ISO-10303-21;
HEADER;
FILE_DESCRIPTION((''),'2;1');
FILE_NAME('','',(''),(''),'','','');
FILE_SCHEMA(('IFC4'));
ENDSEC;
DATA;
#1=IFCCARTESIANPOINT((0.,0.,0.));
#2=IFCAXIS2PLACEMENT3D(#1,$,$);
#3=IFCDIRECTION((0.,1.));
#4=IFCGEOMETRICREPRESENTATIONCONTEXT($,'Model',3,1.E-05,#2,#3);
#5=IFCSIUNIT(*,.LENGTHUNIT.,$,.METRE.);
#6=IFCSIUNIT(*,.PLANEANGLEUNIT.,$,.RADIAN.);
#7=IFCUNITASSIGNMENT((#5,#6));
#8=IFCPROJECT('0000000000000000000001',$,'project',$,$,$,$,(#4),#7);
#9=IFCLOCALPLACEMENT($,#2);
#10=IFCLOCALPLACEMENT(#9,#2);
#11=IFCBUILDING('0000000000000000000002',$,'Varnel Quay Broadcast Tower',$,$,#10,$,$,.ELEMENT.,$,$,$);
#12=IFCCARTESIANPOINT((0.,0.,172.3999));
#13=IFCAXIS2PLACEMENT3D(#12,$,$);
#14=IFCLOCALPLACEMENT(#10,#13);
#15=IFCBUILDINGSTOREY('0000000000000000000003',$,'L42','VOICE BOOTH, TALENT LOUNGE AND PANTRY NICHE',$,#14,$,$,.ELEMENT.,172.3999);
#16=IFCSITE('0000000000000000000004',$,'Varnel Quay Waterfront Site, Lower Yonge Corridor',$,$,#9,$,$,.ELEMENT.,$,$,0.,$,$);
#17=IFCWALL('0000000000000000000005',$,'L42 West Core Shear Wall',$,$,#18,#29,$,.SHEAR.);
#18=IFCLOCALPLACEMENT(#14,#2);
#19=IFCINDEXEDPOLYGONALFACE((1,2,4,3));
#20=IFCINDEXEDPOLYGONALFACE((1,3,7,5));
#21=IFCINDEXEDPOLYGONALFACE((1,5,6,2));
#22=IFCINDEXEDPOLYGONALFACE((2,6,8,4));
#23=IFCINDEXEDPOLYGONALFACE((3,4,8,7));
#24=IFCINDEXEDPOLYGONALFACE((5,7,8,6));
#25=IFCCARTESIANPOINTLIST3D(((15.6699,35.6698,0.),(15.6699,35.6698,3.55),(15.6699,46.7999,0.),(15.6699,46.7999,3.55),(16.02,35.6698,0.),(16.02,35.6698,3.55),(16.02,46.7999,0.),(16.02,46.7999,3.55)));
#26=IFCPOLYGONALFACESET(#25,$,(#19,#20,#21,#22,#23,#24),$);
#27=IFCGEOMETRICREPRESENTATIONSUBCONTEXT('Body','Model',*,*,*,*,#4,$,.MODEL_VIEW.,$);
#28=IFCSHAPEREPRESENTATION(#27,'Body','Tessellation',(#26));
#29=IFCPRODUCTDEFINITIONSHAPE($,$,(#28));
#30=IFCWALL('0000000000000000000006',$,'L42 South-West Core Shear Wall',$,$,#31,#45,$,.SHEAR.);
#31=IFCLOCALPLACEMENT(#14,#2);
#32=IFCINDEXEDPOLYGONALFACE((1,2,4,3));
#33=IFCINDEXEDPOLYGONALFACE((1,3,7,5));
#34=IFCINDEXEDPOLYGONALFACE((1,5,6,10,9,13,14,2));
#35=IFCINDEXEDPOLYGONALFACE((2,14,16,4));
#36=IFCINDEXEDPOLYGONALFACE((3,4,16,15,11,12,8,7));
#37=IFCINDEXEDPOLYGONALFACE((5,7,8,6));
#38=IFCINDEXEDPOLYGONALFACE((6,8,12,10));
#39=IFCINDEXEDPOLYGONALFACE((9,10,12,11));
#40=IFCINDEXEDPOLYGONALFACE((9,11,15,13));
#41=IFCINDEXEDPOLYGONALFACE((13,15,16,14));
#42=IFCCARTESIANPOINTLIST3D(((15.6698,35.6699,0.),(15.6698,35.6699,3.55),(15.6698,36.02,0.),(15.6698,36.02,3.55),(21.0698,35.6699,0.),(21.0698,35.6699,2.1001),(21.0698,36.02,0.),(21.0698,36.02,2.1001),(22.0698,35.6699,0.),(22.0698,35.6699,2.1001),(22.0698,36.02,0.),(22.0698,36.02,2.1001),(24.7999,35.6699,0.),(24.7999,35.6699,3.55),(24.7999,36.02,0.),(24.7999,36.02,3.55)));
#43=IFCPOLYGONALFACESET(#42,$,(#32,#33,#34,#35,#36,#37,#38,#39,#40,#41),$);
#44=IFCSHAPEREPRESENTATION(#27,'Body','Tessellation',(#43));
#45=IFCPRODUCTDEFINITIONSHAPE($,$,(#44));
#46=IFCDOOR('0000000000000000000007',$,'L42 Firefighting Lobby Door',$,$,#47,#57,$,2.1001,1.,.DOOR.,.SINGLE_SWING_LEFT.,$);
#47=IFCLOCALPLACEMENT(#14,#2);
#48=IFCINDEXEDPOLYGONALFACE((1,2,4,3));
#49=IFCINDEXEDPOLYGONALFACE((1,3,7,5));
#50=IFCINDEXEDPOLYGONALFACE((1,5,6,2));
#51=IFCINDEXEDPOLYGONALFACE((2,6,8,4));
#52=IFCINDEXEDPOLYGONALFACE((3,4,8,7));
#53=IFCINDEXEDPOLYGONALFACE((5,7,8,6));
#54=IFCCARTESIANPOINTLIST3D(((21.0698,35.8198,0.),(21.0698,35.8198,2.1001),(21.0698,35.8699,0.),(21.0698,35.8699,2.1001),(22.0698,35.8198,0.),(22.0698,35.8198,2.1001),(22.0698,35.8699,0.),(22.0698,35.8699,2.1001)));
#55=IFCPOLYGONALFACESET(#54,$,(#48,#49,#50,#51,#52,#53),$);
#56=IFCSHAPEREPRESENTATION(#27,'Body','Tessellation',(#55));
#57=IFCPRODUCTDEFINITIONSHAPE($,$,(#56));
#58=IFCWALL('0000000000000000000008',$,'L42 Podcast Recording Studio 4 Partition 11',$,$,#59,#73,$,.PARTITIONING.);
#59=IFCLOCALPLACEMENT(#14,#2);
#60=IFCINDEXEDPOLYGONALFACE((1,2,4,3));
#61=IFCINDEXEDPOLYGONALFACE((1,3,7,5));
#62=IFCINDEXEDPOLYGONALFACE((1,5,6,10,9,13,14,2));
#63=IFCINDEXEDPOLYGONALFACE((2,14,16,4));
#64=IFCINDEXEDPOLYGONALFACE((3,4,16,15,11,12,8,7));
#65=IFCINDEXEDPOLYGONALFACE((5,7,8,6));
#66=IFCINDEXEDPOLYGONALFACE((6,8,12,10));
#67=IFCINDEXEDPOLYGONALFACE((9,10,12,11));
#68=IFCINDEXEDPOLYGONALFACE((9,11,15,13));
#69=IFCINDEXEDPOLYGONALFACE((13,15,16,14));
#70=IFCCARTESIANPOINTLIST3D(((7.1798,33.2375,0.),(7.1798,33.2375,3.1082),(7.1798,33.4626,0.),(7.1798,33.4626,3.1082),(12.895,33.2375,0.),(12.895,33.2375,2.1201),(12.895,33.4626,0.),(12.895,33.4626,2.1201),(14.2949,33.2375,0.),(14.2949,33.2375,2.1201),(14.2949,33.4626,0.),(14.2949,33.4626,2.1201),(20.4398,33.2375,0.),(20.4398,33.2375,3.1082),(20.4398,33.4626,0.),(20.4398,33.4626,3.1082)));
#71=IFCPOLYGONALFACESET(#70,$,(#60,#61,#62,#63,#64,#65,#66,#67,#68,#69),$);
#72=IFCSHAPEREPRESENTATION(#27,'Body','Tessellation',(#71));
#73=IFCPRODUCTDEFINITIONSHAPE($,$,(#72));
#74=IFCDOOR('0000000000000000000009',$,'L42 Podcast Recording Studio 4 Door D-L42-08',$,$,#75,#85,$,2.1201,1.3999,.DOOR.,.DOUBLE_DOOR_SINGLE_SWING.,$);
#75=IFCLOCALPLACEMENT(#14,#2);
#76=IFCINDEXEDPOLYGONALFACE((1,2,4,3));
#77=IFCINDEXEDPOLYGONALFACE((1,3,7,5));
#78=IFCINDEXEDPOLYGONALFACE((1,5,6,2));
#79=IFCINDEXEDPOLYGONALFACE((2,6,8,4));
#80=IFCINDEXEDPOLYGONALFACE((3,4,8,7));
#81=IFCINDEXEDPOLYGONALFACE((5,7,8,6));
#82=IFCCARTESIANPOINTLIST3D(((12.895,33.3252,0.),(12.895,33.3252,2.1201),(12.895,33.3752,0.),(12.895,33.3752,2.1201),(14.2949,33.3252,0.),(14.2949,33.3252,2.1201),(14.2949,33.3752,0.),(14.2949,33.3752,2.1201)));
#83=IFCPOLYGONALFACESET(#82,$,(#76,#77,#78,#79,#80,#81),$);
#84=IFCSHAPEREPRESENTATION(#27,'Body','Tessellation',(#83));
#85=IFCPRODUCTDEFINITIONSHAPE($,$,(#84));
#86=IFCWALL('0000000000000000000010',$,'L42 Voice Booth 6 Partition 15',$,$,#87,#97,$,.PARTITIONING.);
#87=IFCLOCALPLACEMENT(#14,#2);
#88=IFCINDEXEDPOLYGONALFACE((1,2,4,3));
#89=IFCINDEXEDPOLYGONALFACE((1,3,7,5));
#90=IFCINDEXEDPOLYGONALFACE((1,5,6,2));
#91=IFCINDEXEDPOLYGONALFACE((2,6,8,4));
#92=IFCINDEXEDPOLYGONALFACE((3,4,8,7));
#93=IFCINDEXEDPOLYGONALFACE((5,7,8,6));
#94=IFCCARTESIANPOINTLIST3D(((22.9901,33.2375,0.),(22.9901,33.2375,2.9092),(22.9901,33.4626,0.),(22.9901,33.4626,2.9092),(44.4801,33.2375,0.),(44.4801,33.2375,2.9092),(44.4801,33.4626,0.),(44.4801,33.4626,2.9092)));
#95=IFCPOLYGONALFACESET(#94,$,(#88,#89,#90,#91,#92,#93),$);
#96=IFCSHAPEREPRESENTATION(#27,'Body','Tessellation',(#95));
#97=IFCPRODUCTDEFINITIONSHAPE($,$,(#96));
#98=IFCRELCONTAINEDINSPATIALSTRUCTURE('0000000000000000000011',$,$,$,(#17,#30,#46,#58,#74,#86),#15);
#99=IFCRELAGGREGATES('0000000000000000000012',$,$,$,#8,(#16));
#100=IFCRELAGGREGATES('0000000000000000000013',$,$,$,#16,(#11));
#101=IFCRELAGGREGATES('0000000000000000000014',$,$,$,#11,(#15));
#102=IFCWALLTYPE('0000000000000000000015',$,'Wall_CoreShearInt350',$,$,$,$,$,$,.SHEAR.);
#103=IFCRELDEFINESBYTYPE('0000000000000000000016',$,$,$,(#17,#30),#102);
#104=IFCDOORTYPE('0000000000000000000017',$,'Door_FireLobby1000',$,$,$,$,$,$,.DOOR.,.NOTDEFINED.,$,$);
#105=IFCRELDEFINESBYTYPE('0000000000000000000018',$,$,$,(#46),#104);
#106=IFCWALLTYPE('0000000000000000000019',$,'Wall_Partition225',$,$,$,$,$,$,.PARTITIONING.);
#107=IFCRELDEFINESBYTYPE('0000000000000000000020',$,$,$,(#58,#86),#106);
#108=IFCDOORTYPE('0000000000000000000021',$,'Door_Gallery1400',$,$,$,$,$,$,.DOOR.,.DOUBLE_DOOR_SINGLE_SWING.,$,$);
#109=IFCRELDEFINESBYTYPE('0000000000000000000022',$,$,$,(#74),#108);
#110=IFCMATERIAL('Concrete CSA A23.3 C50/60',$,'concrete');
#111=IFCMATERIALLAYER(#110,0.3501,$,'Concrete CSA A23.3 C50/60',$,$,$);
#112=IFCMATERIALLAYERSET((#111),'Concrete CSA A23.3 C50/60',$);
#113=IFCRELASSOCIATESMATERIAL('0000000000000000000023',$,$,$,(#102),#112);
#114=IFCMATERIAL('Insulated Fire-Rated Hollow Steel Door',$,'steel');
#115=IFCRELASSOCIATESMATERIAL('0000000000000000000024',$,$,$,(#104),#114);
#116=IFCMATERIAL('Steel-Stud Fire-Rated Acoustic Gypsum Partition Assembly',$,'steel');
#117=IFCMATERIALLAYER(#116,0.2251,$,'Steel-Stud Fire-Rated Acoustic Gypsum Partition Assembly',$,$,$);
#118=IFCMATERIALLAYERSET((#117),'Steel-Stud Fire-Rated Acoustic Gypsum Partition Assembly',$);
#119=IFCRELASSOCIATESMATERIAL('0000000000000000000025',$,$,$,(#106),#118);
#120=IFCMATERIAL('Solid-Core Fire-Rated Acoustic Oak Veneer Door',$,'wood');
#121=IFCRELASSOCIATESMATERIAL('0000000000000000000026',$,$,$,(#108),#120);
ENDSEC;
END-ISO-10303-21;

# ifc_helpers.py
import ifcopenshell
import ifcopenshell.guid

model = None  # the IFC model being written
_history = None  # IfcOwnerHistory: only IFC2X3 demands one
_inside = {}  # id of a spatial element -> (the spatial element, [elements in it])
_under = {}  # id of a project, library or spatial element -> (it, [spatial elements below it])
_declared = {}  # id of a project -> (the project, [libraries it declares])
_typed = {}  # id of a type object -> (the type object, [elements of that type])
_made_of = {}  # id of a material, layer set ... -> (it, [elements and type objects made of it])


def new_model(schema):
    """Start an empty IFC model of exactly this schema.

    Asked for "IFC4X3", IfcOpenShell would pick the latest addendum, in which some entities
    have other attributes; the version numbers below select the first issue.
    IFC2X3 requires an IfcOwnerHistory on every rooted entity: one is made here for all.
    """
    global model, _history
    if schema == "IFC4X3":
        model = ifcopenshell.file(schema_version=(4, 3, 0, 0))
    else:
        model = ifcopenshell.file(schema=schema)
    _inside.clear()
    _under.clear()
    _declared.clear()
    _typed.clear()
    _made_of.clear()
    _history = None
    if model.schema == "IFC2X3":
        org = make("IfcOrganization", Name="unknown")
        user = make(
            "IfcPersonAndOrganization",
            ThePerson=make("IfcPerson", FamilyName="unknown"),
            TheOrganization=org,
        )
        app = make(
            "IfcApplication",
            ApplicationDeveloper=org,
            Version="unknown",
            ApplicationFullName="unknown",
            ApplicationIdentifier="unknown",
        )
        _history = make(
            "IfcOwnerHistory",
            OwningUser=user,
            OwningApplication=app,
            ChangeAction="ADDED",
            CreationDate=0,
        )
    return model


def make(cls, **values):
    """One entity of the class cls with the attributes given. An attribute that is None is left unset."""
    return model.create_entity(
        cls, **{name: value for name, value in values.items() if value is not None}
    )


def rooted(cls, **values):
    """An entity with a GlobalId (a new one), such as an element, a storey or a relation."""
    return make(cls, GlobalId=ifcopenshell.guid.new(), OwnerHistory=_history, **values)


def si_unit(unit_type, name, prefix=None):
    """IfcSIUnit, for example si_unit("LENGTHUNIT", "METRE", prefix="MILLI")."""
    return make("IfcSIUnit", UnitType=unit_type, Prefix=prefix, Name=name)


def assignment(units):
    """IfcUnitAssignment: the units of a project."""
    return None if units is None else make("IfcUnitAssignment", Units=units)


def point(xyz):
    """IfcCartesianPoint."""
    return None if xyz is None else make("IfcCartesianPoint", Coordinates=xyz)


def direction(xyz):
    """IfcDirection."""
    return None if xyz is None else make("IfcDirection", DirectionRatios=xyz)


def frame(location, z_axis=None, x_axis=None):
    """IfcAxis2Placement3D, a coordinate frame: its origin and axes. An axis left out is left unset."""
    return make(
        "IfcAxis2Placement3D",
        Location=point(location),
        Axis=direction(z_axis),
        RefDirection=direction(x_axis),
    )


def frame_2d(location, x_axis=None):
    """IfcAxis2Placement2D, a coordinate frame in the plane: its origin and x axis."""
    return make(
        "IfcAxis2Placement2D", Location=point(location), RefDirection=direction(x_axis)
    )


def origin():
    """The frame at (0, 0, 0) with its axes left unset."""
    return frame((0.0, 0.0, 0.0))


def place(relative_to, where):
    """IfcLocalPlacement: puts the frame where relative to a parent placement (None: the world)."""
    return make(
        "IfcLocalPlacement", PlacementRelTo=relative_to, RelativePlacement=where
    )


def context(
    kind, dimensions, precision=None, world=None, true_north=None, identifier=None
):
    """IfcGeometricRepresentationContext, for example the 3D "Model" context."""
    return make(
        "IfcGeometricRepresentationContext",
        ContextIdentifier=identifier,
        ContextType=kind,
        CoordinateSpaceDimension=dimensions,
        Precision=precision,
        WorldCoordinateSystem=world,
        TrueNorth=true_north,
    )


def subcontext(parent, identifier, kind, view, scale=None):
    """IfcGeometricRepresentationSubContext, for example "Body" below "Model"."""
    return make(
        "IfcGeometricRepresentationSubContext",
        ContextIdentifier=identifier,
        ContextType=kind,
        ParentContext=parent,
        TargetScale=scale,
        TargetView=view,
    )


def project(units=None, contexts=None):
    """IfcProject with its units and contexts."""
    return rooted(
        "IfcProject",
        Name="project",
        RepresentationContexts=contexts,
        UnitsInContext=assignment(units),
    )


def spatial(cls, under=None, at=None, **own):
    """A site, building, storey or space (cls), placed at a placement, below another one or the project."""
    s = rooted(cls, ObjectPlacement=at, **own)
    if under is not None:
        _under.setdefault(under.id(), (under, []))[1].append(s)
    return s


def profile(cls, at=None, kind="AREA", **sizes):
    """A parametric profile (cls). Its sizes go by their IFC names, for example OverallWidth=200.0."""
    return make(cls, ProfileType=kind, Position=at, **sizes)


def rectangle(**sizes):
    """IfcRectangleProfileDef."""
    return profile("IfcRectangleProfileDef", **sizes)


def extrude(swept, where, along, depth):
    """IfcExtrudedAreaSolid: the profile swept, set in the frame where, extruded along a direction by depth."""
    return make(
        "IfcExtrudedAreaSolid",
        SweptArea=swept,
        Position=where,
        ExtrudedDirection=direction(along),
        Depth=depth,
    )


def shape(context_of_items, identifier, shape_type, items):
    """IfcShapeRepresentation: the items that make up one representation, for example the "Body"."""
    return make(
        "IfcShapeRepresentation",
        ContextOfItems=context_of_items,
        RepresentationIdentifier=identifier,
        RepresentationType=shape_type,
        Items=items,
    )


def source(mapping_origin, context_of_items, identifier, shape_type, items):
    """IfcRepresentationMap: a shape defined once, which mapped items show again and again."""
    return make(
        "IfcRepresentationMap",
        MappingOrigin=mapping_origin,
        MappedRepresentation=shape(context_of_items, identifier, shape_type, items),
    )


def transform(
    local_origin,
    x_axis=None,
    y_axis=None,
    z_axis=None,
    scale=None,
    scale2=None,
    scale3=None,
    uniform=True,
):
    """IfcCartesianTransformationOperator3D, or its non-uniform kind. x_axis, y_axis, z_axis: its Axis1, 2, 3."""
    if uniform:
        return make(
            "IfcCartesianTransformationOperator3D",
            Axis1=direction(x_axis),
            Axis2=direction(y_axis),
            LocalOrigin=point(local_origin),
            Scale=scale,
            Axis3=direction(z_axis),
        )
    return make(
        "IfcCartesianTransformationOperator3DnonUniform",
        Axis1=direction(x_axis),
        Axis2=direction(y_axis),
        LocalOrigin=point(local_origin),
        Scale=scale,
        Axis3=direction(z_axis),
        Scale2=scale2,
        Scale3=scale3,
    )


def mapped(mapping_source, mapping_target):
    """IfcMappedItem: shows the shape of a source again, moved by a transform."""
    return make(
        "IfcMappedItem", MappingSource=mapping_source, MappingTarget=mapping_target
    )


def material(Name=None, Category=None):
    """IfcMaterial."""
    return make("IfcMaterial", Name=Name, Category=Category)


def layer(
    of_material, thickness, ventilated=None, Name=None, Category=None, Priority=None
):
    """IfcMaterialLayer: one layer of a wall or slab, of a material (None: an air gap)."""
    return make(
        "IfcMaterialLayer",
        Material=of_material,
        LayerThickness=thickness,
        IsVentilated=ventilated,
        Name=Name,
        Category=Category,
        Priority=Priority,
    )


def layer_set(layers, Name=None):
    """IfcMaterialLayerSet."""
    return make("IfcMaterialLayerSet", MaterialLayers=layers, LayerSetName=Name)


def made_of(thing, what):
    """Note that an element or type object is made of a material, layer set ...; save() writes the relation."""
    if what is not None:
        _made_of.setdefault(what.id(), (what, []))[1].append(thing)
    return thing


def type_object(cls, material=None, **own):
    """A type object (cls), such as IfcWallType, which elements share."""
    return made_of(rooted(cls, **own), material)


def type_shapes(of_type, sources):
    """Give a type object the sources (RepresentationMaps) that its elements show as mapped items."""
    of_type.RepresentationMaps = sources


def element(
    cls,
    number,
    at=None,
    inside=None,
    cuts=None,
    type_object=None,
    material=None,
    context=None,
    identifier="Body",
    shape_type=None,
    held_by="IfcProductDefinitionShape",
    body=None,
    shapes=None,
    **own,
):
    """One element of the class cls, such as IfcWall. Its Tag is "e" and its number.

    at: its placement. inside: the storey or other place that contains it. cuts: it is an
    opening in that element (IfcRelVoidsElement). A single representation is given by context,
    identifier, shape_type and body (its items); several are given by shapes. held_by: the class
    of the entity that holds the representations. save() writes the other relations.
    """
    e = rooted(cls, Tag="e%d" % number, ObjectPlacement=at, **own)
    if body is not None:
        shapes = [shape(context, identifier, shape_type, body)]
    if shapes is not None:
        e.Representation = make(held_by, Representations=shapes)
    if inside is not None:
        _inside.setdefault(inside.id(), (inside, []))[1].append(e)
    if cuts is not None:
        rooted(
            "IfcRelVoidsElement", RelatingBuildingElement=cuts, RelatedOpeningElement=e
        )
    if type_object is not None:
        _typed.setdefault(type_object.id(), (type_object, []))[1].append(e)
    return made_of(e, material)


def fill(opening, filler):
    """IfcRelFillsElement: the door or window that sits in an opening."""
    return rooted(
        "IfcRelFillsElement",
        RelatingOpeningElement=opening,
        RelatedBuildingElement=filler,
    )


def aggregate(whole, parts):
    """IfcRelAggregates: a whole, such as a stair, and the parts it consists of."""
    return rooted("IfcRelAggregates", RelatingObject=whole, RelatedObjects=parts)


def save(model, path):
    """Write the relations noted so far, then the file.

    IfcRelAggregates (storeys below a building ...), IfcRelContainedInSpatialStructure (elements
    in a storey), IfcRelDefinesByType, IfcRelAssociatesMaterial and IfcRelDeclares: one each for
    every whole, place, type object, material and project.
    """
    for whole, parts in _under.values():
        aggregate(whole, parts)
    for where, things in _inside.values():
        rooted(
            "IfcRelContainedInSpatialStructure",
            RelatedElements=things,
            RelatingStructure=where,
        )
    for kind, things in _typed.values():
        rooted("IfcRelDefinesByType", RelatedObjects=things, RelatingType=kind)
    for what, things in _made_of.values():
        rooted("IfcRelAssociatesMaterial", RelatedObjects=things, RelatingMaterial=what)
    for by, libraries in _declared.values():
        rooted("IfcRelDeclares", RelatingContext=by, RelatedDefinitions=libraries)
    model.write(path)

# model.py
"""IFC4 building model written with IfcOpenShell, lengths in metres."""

from ifc_helpers import new_model, si_unit, direction, frame, frame_2d, origin, place, context, subcontext, project, spatial, rectangle, extrude, source, transform, mapped, material, layer, layer_set, type_object, type_shapes, element, fill, save


model = new_model("IFC4")

# Units and contexts
model_context = context("Model", 3, precision=1e-05, world=origin(), true_north=direction((0.0, 1.0)))
body_context = subcontext(model_context, "Body", "Model", "MODEL_VIEW")
ifc_project = project(units=[si_unit("LENGTHUNIT", "METRE"), si_unit("PLANEANGLEUNIT", "RADIAN")], contexts=[model_context])

# Site, building, storey
site_placement = place(None, origin())
site = spatial("IfcSite", under=ifc_project, at=site_placement, Name="Varnel Quay Waterfront Site, Lower Yonge Corridor", CompositionType="ELEMENT", RefElevation=0.0)
building_placement = place(site_placement, origin())
building = spatial("IfcBuilding", under=site, at=building_placement, Name="Varnel Quay Broadcast Tower", CompositionType="ELEMENT")
storey_placement = place(building_placement, frame((0.0, 0.0, 172.3999)))
storey = spatial("IfcBuildingStorey", under=building, at=storey_placement, Name="L42", Description="VOICE BOOTH, TALENT LOUNGE AND PANTRY NICHE", CompositionType="ELEMENT", Elevation=172.3999)

# Shared definitions
ifc_material_1 = material(Name="Concrete CSA A23.3 C50/60", Category="concrete")

# Shared definitions
ifc_material_2 = material(Name="Insulated Fire-Rated Hollow Steel Door", Category="steel")

# Wall
ifc_layer_1 = layer(ifc_material_1, 0.3501, Name="Concrete CSA A23.3 C50/60")
ifc_layer_set_1 = layer_set([ifc_layer_1], Name="Concrete CSA A23.3 C50/60")
wall_type_1 = type_object("IfcWallType", Name="Wall_CoreShearInt350", PredefinedType="SHEAR", material=ifc_layer_set_1)
wall_1_placement = place(storey_placement, frame((15.845, 35.6699, 0.0), z_axis=(0.0, 0.0, 1.0), x_axis=(0.0, 1.0, 0.0)))
element("IfcWall", 1, at=wall_1_placement, inside=storey, type_object=wall_type_1, Name="L42 West Core Shear Wall", PredefinedType="SHEAR", context=body_context, shape_type="SweptSolid", body=[
    extrude(rectangle(XDim=11.1301, YDim=0.3501, at=frame_2d((5.5649, 0.0))), origin(), (0.0, 0.0, 1.0), 3.55),
])

# Walls, openings, doors
wall_2_placement = place(storey_placement, frame((15.6699, 35.845, 0.0), z_axis=(0.0, 0.0, 1.0), x_axis=(1.0, 0.0, 0.0)))
wall_2 = element("IfcWall", 2, at=wall_2_placement, inside=storey, type_object=wall_type_1, Name="L42 South-West Core Shear Wall", PredefinedType="SHEAR", context=body_context, shape_type="SweptSolid", body=[
    extrude(rectangle(XDim=9.1301, YDim=0.3501, at=frame_2d((4.5649, 0.0))), origin(), (0.0, 0.0, 1.0), 3.55),
])
opening_1_placement = place(wall_2_placement, frame((5.3999, 0.0, 0.0)))
opening_1 = element("IfcOpeningElement", 3, at=opening_1_placement, cuts=wall_2, PredefinedType="OPENING", context=body_context, shape_type="SweptSolid", body=[
    extrude(rectangle(XDim=1.0, YDim=2.1001, at=frame_2d((0.5, 1.05))), frame((0.0, 0.1851, 0.0), z_axis=(0.0, -1.0, 0.0), x_axis=(1.0, 0.0, 0.0)), (0.0, 0.0, 1.0), 0.3701),
])
door_type_1 = type_object("IfcDoorType", Name="Door_FireLobby1000", OperationType="NOTDEFINED", PredefinedType="DOOR", material=ifc_material_2)
shared_shape_1 = source(origin(), body_context, "Body", "SweptSolid", [
    extrude(rectangle(XDim=1.0, YDim=2.1001, at=frame_2d((0.5, 1.05))), frame((0.0, 0.0249, 0.0), z_axis=(0.0, -1.0, 0.0), x_axis=(1.0, 0.0, 0.0)), (0.0, 0.0, 1.0), 0.05),
])
type_shapes(door_type_1, [shared_shape_1])
door_1_placement = place(opening_1_placement, origin())
door_1 = element("IfcDoor", 4, at=door_1_placement, inside=storey, type_object=door_type_1, Name="L42 Firefighting Lobby Door", OperationType="SINGLE_SWING_LEFT", OverallHeight=2.1001, OverallWidth=1.0, PredefinedType="DOOR", context=body_context, shape_type="MappedRepresentation", body=[
    mapped(shared_shape_1, transform((0.0, 0.0, 0.0), x_axis=(1.0, 0.0, 0.0), y_axis=(0.0, 1.0, 0.0), z_axis=(0.0, 0.0, 1.0), scale=1.0)),
])
fill(opening_1, door_1)
ifc_material_3 = material(Name="Steel-Stud Fire-Rated Acoustic Gypsum Partition Assembly", Category="steel")
ifc_layer_2 = layer(ifc_material_3, 0.2251, Name="Steel-Stud Fire-Rated Acoustic Gypsum Partition Assembly")
ifc_layer_set_2 = layer_set([ifc_layer_2], Name="Steel-Stud Fire-Rated Acoustic Gypsum Partition Assembly")
wall_type_2 = type_object("IfcWallType", Name="Wall_Partition225", PredefinedType="PARTITIONING", material=ifc_layer_set_2)
wall_3_placement = place(storey_placement, frame((7.1799, 33.3501, 0.0), z_axis=(0.0, 0.0, 1.0), x_axis=(1.0, 0.0, 0.0)))
wall_3 = element("IfcWall", 5, at=wall_3_placement, inside=storey, type_object=wall_type_2, Name="L42 Podcast Recording Studio 4 Partition 11", PredefinedType="PARTITIONING", context=body_context, shape_type="SweptSolid", body=[
    extrude(rectangle(XDim=13.26, YDim=0.2251, at=frame_2d((6.6299, 0.0))), origin(), (0.0, 0.0, 1.0), 3.1082),
])
opening_2_placement = place(wall_3_placement, frame((5.7151, 0.0, 0.0)))
opening_2 = element("IfcOpeningElement", 6, at=opening_2_placement, cuts=wall_3, PredefinedType="OPENING", context=body_context, shape_type="SweptSolid", body=[
    extrude(rectangle(XDim=1.3999, YDim=2.1201, at=frame_2d((0.7, 1.0601))), frame((0.0, 0.1226, 0.0), z_axis=(0.0, -1.0, 0.0), x_axis=(1.0, 0.0, 0.0)), (0.0, 0.0, 1.0), 0.2451),
])
ifc_material_4 = material(Name="Solid-Core Fire-Rated Acoustic Oak Veneer Door", Category="wood")
door_type_2 = type_object("IfcDoorType", Name="Door_Gallery1400", OperationType="DOUBLE_DOOR_SINGLE_SWING", PredefinedType="DOOR", material=ifc_material_4)
shared_shape_2 = source(origin(), body_context, "Body", "SweptSolid", [
    extrude(rectangle(XDim=1.3999, YDim=2.1201, at=frame_2d((0.7, 1.0601))), frame((0.0, 0.0249, 0.0), z_axis=(0.0, -1.0, 0.0), x_axis=(1.0, 0.0, 0.0)), (0.0, 0.0, 1.0), 0.05),
])
type_shapes(door_type_2, [shared_shape_2])
door_2_placement = place(opening_2_placement, frame((1.3999, 0.0, 0.0), z_axis=(0.0, 0.0, 1.0), x_axis=(-1.0, 0.0, 0.0)))
door_2 = element("IfcDoor", 7, at=door_2_placement, inside=storey, type_object=door_type_2, Name="L42 Podcast Recording Studio 4 Door D-L42-08", OperationType="DOUBLE_DOOR_SINGLE_SWING", OverallHeight=2.1201, OverallWidth=1.3999, PredefinedType="DOOR", context=body_context, shape_type="MappedRepresentation", body=[
    mapped(shared_shape_2, transform((0.0, 0.0, 0.0), x_axis=(1.0, 0.0, 0.0), y_axis=(0.0, 1.0, 0.0), z_axis=(0.0, 0.0, 1.0), scale=1.0)),
])
fill(opening_2, door_2)

# Wall
wall_4_placement = place(storey_placement, frame((22.99, 33.3501, 0.0), z_axis=(0.0, 0.0, 1.0), x_axis=(1.0, 0.0, 0.0)))
element("IfcWall", 8, at=wall_4_placement, inside=storey, type_object=wall_type_2, Name="L42 Voice Booth 6 Partition 15", PredefinedType="PARTITIONING", context=body_context, shape_type="SweptSolid", body=[
    extrude(rectangle(XDim=21.49, YDim=0.2251, at=frame_2d((10.7451, 0.0))), origin(), (0.0, 0.0, 1.0), 2.9092),
])

save(model, "model.ifc")
